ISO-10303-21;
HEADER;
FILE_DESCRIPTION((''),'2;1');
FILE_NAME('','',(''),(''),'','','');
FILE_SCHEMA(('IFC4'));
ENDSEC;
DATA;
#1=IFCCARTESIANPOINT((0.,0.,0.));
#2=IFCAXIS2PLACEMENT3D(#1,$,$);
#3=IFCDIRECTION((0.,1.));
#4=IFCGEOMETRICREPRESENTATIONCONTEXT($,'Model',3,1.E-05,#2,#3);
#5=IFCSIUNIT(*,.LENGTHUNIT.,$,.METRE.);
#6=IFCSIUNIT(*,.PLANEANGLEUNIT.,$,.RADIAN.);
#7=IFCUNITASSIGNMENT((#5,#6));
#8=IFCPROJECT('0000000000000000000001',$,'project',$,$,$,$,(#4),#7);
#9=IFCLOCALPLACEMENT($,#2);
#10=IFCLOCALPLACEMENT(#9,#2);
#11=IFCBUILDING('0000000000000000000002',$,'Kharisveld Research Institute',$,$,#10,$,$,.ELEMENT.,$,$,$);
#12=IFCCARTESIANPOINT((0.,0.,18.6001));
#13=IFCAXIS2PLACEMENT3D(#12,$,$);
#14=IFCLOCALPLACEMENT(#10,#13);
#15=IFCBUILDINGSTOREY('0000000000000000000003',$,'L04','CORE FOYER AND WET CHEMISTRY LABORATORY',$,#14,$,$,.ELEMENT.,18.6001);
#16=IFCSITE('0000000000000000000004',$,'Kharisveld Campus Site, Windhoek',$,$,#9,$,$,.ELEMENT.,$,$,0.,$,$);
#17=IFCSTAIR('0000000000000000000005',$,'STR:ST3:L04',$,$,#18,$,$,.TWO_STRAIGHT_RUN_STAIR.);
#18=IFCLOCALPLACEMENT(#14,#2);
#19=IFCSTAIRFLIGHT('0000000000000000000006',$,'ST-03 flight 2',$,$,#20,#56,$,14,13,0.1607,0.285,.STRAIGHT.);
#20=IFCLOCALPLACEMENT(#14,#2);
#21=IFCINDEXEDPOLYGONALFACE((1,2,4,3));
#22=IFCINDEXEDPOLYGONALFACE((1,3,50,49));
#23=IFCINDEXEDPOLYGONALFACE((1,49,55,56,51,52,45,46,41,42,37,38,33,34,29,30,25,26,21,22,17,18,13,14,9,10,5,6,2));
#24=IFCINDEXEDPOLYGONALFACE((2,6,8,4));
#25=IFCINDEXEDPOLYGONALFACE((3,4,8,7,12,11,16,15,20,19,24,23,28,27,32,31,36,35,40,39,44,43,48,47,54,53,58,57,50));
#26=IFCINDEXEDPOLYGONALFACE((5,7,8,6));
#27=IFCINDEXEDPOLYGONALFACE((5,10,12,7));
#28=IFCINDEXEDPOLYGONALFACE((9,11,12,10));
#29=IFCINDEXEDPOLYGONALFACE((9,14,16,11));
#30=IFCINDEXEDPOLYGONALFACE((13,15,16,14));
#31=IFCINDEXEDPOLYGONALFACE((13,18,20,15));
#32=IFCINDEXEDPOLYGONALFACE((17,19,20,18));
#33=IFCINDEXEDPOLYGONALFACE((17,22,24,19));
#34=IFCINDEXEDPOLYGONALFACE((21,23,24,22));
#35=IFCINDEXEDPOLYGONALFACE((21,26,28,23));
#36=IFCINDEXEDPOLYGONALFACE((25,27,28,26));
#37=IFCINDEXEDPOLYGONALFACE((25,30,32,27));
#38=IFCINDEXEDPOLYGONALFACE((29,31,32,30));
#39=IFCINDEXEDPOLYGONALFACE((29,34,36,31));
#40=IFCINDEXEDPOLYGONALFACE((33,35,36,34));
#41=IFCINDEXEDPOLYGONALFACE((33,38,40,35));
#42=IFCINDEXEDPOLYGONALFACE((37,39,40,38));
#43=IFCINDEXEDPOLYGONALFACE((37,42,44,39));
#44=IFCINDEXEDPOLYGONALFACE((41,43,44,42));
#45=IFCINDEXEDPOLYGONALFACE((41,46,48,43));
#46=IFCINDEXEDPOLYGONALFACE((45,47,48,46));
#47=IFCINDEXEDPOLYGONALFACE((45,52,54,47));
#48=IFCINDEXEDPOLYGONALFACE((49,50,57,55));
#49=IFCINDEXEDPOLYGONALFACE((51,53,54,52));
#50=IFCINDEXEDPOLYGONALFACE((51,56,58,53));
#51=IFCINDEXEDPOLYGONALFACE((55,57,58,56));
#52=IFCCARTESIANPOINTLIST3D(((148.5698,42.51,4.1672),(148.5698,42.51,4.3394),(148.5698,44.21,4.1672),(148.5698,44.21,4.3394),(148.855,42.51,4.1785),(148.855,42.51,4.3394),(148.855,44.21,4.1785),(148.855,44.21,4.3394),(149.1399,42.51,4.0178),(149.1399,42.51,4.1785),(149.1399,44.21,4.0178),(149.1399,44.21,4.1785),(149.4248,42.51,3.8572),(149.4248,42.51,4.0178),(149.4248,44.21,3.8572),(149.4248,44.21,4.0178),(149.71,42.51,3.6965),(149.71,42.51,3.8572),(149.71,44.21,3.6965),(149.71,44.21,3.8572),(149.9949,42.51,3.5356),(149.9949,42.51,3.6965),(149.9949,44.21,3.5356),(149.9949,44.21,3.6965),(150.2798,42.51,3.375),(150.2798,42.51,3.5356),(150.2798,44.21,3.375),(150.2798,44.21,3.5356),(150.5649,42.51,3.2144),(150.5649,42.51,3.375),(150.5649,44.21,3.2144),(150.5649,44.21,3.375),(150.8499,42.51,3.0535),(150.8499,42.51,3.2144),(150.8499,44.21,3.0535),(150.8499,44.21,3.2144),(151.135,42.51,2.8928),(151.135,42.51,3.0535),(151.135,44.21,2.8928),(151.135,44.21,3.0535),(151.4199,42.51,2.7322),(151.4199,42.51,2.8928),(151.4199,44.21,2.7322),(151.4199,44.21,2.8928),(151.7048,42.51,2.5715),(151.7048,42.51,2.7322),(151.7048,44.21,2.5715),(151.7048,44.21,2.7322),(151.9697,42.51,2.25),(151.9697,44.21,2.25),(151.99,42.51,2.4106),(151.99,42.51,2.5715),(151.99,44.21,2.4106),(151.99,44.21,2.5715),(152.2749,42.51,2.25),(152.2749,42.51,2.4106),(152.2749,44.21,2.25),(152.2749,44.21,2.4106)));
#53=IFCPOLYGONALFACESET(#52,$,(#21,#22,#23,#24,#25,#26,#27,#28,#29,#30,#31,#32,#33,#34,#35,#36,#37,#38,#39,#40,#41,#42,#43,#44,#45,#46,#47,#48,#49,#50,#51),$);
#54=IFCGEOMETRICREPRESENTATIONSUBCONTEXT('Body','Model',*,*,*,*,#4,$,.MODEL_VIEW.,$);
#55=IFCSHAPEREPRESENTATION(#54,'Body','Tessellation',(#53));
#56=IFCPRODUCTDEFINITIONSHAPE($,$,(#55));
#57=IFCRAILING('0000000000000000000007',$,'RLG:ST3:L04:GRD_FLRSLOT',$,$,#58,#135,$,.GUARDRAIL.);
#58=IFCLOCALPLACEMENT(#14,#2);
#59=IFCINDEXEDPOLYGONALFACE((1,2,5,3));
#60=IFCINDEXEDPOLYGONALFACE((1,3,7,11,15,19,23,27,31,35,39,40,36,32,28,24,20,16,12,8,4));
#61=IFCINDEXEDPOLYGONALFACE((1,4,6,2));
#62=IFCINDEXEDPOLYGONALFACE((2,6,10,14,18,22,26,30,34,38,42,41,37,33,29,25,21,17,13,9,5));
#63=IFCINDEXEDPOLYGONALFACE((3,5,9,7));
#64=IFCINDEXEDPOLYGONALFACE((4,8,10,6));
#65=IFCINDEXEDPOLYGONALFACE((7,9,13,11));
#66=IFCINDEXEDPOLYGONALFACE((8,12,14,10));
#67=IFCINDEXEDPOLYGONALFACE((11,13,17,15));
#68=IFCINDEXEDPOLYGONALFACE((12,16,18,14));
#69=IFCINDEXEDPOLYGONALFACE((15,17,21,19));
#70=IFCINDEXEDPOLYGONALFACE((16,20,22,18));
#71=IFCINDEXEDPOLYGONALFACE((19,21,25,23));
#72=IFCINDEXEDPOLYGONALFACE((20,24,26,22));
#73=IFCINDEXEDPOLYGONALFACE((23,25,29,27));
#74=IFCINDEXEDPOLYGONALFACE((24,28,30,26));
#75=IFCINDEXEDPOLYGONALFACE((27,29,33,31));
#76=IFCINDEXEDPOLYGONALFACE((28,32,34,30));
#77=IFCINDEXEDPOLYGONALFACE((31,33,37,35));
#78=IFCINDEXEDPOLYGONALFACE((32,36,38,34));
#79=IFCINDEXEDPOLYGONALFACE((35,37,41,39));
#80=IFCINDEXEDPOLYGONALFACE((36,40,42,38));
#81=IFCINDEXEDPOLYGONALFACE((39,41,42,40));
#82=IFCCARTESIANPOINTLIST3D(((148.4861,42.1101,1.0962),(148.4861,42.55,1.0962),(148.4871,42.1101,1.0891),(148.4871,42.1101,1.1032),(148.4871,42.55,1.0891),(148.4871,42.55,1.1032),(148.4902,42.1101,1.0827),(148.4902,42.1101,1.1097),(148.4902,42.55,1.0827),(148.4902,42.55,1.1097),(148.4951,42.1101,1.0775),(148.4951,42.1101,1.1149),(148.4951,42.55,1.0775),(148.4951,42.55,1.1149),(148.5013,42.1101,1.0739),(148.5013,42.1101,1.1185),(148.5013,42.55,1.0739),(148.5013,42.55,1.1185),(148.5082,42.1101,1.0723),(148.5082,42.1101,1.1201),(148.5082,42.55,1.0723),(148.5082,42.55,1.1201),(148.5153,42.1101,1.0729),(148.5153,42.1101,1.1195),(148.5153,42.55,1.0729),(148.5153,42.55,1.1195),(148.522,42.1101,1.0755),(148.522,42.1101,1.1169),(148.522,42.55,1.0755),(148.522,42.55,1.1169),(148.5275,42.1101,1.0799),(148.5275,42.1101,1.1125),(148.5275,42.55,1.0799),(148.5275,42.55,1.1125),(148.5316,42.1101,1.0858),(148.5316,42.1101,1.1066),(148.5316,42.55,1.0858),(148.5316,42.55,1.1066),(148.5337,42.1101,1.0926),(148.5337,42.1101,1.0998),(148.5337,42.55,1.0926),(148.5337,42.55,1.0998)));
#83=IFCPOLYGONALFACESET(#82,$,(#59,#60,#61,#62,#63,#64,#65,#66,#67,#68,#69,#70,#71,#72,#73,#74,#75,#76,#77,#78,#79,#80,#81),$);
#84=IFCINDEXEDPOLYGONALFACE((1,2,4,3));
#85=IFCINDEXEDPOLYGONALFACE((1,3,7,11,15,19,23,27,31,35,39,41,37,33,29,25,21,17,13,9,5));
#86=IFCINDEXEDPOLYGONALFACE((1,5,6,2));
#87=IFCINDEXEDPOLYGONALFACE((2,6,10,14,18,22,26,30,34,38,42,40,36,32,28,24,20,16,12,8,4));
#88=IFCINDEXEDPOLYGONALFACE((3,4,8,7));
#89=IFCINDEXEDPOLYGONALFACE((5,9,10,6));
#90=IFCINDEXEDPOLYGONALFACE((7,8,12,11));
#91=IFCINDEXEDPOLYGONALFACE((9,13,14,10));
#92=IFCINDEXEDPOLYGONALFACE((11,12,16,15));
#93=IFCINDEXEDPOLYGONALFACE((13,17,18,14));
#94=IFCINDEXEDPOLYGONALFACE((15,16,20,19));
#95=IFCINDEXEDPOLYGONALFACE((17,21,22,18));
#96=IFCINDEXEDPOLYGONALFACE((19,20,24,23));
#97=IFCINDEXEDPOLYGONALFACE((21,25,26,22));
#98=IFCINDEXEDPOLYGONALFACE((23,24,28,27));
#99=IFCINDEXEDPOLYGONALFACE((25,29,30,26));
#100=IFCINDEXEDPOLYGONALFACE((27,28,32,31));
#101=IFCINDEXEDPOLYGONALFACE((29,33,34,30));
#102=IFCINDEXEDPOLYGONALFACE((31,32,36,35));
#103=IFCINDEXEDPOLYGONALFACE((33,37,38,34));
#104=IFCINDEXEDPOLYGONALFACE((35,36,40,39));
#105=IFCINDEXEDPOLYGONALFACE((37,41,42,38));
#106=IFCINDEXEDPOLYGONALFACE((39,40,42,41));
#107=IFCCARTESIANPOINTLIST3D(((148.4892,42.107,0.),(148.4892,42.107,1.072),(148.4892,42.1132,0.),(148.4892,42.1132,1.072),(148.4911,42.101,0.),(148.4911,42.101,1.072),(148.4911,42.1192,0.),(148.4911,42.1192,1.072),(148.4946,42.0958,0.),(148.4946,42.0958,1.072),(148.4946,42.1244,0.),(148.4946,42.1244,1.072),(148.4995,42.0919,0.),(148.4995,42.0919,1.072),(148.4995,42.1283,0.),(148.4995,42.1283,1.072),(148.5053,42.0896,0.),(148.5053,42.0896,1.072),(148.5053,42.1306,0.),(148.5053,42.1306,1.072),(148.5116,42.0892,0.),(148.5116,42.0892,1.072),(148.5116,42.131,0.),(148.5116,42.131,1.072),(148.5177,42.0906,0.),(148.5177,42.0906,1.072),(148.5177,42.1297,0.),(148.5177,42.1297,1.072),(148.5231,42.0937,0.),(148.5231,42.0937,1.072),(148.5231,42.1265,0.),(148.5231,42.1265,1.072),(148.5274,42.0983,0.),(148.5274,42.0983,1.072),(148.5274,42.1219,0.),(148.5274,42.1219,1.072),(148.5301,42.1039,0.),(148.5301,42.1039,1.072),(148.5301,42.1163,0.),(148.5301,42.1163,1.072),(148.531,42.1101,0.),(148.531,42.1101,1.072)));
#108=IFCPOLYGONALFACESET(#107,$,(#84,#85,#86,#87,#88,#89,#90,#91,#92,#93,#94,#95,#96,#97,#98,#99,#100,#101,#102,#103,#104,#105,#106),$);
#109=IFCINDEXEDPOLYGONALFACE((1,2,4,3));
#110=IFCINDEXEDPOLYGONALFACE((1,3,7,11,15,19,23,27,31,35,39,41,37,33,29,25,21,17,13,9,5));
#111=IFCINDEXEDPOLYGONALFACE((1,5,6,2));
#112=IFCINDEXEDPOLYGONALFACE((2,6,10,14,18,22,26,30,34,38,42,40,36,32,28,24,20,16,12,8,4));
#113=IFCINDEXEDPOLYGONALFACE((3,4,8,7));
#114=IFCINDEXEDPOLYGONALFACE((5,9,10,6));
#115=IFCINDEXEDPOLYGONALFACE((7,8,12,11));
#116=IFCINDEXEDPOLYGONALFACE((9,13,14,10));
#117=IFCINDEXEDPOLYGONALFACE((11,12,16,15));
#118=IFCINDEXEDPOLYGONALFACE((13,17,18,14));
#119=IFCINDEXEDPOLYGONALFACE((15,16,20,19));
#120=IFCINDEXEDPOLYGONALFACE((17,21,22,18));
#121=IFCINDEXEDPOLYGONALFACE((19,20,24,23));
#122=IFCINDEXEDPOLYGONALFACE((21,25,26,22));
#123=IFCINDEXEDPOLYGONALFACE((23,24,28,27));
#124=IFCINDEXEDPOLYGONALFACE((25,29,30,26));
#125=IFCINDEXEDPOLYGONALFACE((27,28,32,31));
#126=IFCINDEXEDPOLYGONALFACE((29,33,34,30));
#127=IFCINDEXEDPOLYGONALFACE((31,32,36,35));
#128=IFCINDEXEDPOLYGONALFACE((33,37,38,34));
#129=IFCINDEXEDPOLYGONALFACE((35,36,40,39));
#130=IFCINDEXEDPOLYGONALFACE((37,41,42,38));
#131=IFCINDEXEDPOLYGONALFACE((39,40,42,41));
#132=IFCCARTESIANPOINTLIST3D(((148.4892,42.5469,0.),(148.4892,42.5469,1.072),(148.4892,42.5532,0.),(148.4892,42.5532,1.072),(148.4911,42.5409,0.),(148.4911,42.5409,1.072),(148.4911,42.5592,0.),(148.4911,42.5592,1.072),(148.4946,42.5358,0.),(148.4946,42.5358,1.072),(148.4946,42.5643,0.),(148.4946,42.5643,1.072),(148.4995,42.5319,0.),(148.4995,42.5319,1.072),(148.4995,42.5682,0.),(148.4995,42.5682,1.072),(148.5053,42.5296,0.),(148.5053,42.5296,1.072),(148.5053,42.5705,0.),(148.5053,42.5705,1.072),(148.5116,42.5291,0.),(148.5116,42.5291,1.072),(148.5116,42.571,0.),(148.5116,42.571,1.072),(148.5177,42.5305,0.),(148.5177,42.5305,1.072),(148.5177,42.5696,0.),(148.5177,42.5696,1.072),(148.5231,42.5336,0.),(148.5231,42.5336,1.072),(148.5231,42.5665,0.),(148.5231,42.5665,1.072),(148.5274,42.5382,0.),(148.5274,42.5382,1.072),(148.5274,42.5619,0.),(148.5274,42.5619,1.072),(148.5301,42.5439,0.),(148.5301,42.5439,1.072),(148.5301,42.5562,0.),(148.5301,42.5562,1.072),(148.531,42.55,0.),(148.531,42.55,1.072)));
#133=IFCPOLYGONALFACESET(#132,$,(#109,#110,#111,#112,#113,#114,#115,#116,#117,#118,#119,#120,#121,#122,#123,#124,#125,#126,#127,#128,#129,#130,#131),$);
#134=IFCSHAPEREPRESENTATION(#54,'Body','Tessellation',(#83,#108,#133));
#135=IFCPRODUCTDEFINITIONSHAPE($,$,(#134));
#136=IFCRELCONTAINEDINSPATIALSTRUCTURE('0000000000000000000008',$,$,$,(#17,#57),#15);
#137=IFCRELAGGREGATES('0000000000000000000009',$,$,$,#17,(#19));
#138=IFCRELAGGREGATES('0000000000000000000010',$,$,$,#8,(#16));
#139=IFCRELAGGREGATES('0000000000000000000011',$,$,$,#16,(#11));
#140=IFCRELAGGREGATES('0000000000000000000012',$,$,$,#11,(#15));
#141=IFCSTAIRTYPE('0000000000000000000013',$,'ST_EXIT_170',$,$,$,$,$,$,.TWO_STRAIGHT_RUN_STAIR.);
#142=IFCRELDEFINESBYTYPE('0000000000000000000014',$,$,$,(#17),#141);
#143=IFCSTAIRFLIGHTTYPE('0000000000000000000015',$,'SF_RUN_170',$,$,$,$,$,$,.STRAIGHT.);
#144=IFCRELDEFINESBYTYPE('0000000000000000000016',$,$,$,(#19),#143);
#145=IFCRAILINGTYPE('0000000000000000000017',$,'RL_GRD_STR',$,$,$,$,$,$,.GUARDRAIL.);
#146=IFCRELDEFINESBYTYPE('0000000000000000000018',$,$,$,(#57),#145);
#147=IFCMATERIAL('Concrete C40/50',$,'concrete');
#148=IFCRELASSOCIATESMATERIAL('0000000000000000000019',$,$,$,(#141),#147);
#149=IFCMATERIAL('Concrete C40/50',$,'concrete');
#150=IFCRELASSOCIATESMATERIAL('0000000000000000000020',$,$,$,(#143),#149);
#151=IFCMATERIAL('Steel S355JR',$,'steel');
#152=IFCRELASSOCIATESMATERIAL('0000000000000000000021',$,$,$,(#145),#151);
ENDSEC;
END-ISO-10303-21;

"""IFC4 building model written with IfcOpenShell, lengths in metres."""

from ifc_helpers import new_model, si_unit, direction, frame, origin, origin_2d, place, context, subcontext, project, spatial, polyline, circle, outline, extrude, material, type_object, element, aggregate, save


model = new_model("IFC4")

# Units and contexts
model_context = context("Model", 3, precision=1e-05, world=origin(), true_north=direction((0.0, 1.0)))
body_context = subcontext(model_context, "Body", "Model", "MODEL_VIEW")
ifc_project = project(units=[si_unit("LENGTHUNIT", "METRE"), si_unit("PLANEANGLEUNIT", "RADIAN")], contexts=[model_context])

# Site, building, storey
site_placement = place(None, origin())
site = spatial("IfcSite", under=ifc_project, at=site_placement, Name="Kharisveld Campus Site, Windhoek", CompositionType="ELEMENT", RefElevation=0.0)
building_placement = place(site_placement, origin())
building = spatial("IfcBuilding", under=site, at=building_placement, Name="Kharisveld Research Institute", CompositionType="ELEMENT")
storey_placement = place(building_placement, frame((0.0, 0.0, 18.6001)))
storey = spatial("IfcBuildingStorey", under=building, at=storey_placement, Name="L04", Description="CORE FOYER AND WET CHEMISTRY LABORATORY", CompositionType="ELEMENT", Elevation=18.6001)

# Stair, stair flight
ifc_material_1 = material(Name="Concrete C40/50", Category="concrete")
stair_type = type_object("IfcStairType", Name="ST_EXIT_170", PredefinedType="TWO_STRAIGHT_RUN_STAIR", material=ifc_material_1)
stair_placement = place(storey_placement, origin())
stair = element("IfcStair", 1, at=stair_placement, inside=storey, type_object=stair_type, Name="STR:ST3:L04", PredefinedType="TWO_STRAIGHT_RUN_STAIR")
ifc_material_2 = material(Name="Concrete C40/50", Category="concrete")
stair_flight_type = type_object("IfcStairFlightType", Name="SF_RUN_170", PredefinedType="STRAIGHT", material=ifc_material_2)
stair_flight_1_placement = place(storey_placement, frame((152.2749, 43.3601, 2.25), z_axis=(0.0, 0.0, 1.0), x_axis=(-1.0, 0.0, 0.0)))
stair_flight_1 = element("IfcStairFlight", 2, at=stair_flight_1_placement, type_object=stair_flight_type, Name="ST-03 flight 2", NumberOfRisers=14, NumberOfTreads=13, PredefinedType="STRAIGHT", RiserHeight=0.1607, TreadLength=0.285, context=body_context, shape_type="SweptSolid", body=[
    extrude(outline(polyline([(0.0, 0.0), (0.0, 0.1606), (0.2849, 0.1606), (0.2849, 0.3215), (0.5701, 0.3215), (0.5701, 0.4822), (0.855, 0.4822), (0.855, 0.6428), (1.1399, 0.6428), (1.1399, 0.8035), (1.425, 0.8035), (1.425, 0.9644), (1.71, 0.9644), (1.71, 1.125), (1.9951, 1.125), (1.9951, 1.2856), (2.28, 1.2856), (2.28, 1.4465), (2.5649, 1.4465), (2.5649, 1.6072), (2.8501, 1.6072), (2.8501, 1.7678), (3.135, 1.7678), (3.135, 1.9285), (3.4199, 1.9285), (3.4199, 2.0894), (3.7051, 2.0894), (3.7051, 2.25), (3.7051, 1.9172), (0.3052, 0.0), (0.0, 0.0)])), frame((0.0, 0.8501, 0.0), z_axis=(0.0, -1.0, 0.0), x_axis=(1.0, 0.0, 0.0)), (0.0, 0.0, 1.0), 1.7),
])
aggregate(stair, [stair_flight_1])

# Railing
ifc_material_3 = material(Name="Steel S355JR", Category="steel")
railing_type_1 = type_object("IfcRailingType", Name="RL_GRD_STR", PredefinedType="GUARDRAIL", material=ifc_material_3)
railing_1_placement = place(storey_placement, frame((148.51, 42.1101, 0.0)))
element("IfcRailing", 3, at=railing_1_placement, inside=storey, type_object=railing_type_1, Name="RLG:ST3:L04:GRD_FLRSLOT", PredefinedType="GUARDRAIL", context=body_context, shape_type="SweptSolid", body=[
    extrude(circle(Radius=0.0239, at=origin_2d()), frame((0.0, 0.0, 1.0962), z_axis=(0.0, 1.0, 0.0), x_axis=(-1.0, 0.0, 0.0)), (0.0, 0.0, 1.0), 0.4399),
    extrude(circle(Radius=0.021, at=origin_2d()), origin(), (0.0, 0.0, 1.0), 1.072),
    extrude(circle(Radius=0.021, at=origin_2d()), frame((0.0, 0.4399, 0.0)), (0.0, 0.0, 1.0), 1.072),
])

save(model, "model.ifc")
